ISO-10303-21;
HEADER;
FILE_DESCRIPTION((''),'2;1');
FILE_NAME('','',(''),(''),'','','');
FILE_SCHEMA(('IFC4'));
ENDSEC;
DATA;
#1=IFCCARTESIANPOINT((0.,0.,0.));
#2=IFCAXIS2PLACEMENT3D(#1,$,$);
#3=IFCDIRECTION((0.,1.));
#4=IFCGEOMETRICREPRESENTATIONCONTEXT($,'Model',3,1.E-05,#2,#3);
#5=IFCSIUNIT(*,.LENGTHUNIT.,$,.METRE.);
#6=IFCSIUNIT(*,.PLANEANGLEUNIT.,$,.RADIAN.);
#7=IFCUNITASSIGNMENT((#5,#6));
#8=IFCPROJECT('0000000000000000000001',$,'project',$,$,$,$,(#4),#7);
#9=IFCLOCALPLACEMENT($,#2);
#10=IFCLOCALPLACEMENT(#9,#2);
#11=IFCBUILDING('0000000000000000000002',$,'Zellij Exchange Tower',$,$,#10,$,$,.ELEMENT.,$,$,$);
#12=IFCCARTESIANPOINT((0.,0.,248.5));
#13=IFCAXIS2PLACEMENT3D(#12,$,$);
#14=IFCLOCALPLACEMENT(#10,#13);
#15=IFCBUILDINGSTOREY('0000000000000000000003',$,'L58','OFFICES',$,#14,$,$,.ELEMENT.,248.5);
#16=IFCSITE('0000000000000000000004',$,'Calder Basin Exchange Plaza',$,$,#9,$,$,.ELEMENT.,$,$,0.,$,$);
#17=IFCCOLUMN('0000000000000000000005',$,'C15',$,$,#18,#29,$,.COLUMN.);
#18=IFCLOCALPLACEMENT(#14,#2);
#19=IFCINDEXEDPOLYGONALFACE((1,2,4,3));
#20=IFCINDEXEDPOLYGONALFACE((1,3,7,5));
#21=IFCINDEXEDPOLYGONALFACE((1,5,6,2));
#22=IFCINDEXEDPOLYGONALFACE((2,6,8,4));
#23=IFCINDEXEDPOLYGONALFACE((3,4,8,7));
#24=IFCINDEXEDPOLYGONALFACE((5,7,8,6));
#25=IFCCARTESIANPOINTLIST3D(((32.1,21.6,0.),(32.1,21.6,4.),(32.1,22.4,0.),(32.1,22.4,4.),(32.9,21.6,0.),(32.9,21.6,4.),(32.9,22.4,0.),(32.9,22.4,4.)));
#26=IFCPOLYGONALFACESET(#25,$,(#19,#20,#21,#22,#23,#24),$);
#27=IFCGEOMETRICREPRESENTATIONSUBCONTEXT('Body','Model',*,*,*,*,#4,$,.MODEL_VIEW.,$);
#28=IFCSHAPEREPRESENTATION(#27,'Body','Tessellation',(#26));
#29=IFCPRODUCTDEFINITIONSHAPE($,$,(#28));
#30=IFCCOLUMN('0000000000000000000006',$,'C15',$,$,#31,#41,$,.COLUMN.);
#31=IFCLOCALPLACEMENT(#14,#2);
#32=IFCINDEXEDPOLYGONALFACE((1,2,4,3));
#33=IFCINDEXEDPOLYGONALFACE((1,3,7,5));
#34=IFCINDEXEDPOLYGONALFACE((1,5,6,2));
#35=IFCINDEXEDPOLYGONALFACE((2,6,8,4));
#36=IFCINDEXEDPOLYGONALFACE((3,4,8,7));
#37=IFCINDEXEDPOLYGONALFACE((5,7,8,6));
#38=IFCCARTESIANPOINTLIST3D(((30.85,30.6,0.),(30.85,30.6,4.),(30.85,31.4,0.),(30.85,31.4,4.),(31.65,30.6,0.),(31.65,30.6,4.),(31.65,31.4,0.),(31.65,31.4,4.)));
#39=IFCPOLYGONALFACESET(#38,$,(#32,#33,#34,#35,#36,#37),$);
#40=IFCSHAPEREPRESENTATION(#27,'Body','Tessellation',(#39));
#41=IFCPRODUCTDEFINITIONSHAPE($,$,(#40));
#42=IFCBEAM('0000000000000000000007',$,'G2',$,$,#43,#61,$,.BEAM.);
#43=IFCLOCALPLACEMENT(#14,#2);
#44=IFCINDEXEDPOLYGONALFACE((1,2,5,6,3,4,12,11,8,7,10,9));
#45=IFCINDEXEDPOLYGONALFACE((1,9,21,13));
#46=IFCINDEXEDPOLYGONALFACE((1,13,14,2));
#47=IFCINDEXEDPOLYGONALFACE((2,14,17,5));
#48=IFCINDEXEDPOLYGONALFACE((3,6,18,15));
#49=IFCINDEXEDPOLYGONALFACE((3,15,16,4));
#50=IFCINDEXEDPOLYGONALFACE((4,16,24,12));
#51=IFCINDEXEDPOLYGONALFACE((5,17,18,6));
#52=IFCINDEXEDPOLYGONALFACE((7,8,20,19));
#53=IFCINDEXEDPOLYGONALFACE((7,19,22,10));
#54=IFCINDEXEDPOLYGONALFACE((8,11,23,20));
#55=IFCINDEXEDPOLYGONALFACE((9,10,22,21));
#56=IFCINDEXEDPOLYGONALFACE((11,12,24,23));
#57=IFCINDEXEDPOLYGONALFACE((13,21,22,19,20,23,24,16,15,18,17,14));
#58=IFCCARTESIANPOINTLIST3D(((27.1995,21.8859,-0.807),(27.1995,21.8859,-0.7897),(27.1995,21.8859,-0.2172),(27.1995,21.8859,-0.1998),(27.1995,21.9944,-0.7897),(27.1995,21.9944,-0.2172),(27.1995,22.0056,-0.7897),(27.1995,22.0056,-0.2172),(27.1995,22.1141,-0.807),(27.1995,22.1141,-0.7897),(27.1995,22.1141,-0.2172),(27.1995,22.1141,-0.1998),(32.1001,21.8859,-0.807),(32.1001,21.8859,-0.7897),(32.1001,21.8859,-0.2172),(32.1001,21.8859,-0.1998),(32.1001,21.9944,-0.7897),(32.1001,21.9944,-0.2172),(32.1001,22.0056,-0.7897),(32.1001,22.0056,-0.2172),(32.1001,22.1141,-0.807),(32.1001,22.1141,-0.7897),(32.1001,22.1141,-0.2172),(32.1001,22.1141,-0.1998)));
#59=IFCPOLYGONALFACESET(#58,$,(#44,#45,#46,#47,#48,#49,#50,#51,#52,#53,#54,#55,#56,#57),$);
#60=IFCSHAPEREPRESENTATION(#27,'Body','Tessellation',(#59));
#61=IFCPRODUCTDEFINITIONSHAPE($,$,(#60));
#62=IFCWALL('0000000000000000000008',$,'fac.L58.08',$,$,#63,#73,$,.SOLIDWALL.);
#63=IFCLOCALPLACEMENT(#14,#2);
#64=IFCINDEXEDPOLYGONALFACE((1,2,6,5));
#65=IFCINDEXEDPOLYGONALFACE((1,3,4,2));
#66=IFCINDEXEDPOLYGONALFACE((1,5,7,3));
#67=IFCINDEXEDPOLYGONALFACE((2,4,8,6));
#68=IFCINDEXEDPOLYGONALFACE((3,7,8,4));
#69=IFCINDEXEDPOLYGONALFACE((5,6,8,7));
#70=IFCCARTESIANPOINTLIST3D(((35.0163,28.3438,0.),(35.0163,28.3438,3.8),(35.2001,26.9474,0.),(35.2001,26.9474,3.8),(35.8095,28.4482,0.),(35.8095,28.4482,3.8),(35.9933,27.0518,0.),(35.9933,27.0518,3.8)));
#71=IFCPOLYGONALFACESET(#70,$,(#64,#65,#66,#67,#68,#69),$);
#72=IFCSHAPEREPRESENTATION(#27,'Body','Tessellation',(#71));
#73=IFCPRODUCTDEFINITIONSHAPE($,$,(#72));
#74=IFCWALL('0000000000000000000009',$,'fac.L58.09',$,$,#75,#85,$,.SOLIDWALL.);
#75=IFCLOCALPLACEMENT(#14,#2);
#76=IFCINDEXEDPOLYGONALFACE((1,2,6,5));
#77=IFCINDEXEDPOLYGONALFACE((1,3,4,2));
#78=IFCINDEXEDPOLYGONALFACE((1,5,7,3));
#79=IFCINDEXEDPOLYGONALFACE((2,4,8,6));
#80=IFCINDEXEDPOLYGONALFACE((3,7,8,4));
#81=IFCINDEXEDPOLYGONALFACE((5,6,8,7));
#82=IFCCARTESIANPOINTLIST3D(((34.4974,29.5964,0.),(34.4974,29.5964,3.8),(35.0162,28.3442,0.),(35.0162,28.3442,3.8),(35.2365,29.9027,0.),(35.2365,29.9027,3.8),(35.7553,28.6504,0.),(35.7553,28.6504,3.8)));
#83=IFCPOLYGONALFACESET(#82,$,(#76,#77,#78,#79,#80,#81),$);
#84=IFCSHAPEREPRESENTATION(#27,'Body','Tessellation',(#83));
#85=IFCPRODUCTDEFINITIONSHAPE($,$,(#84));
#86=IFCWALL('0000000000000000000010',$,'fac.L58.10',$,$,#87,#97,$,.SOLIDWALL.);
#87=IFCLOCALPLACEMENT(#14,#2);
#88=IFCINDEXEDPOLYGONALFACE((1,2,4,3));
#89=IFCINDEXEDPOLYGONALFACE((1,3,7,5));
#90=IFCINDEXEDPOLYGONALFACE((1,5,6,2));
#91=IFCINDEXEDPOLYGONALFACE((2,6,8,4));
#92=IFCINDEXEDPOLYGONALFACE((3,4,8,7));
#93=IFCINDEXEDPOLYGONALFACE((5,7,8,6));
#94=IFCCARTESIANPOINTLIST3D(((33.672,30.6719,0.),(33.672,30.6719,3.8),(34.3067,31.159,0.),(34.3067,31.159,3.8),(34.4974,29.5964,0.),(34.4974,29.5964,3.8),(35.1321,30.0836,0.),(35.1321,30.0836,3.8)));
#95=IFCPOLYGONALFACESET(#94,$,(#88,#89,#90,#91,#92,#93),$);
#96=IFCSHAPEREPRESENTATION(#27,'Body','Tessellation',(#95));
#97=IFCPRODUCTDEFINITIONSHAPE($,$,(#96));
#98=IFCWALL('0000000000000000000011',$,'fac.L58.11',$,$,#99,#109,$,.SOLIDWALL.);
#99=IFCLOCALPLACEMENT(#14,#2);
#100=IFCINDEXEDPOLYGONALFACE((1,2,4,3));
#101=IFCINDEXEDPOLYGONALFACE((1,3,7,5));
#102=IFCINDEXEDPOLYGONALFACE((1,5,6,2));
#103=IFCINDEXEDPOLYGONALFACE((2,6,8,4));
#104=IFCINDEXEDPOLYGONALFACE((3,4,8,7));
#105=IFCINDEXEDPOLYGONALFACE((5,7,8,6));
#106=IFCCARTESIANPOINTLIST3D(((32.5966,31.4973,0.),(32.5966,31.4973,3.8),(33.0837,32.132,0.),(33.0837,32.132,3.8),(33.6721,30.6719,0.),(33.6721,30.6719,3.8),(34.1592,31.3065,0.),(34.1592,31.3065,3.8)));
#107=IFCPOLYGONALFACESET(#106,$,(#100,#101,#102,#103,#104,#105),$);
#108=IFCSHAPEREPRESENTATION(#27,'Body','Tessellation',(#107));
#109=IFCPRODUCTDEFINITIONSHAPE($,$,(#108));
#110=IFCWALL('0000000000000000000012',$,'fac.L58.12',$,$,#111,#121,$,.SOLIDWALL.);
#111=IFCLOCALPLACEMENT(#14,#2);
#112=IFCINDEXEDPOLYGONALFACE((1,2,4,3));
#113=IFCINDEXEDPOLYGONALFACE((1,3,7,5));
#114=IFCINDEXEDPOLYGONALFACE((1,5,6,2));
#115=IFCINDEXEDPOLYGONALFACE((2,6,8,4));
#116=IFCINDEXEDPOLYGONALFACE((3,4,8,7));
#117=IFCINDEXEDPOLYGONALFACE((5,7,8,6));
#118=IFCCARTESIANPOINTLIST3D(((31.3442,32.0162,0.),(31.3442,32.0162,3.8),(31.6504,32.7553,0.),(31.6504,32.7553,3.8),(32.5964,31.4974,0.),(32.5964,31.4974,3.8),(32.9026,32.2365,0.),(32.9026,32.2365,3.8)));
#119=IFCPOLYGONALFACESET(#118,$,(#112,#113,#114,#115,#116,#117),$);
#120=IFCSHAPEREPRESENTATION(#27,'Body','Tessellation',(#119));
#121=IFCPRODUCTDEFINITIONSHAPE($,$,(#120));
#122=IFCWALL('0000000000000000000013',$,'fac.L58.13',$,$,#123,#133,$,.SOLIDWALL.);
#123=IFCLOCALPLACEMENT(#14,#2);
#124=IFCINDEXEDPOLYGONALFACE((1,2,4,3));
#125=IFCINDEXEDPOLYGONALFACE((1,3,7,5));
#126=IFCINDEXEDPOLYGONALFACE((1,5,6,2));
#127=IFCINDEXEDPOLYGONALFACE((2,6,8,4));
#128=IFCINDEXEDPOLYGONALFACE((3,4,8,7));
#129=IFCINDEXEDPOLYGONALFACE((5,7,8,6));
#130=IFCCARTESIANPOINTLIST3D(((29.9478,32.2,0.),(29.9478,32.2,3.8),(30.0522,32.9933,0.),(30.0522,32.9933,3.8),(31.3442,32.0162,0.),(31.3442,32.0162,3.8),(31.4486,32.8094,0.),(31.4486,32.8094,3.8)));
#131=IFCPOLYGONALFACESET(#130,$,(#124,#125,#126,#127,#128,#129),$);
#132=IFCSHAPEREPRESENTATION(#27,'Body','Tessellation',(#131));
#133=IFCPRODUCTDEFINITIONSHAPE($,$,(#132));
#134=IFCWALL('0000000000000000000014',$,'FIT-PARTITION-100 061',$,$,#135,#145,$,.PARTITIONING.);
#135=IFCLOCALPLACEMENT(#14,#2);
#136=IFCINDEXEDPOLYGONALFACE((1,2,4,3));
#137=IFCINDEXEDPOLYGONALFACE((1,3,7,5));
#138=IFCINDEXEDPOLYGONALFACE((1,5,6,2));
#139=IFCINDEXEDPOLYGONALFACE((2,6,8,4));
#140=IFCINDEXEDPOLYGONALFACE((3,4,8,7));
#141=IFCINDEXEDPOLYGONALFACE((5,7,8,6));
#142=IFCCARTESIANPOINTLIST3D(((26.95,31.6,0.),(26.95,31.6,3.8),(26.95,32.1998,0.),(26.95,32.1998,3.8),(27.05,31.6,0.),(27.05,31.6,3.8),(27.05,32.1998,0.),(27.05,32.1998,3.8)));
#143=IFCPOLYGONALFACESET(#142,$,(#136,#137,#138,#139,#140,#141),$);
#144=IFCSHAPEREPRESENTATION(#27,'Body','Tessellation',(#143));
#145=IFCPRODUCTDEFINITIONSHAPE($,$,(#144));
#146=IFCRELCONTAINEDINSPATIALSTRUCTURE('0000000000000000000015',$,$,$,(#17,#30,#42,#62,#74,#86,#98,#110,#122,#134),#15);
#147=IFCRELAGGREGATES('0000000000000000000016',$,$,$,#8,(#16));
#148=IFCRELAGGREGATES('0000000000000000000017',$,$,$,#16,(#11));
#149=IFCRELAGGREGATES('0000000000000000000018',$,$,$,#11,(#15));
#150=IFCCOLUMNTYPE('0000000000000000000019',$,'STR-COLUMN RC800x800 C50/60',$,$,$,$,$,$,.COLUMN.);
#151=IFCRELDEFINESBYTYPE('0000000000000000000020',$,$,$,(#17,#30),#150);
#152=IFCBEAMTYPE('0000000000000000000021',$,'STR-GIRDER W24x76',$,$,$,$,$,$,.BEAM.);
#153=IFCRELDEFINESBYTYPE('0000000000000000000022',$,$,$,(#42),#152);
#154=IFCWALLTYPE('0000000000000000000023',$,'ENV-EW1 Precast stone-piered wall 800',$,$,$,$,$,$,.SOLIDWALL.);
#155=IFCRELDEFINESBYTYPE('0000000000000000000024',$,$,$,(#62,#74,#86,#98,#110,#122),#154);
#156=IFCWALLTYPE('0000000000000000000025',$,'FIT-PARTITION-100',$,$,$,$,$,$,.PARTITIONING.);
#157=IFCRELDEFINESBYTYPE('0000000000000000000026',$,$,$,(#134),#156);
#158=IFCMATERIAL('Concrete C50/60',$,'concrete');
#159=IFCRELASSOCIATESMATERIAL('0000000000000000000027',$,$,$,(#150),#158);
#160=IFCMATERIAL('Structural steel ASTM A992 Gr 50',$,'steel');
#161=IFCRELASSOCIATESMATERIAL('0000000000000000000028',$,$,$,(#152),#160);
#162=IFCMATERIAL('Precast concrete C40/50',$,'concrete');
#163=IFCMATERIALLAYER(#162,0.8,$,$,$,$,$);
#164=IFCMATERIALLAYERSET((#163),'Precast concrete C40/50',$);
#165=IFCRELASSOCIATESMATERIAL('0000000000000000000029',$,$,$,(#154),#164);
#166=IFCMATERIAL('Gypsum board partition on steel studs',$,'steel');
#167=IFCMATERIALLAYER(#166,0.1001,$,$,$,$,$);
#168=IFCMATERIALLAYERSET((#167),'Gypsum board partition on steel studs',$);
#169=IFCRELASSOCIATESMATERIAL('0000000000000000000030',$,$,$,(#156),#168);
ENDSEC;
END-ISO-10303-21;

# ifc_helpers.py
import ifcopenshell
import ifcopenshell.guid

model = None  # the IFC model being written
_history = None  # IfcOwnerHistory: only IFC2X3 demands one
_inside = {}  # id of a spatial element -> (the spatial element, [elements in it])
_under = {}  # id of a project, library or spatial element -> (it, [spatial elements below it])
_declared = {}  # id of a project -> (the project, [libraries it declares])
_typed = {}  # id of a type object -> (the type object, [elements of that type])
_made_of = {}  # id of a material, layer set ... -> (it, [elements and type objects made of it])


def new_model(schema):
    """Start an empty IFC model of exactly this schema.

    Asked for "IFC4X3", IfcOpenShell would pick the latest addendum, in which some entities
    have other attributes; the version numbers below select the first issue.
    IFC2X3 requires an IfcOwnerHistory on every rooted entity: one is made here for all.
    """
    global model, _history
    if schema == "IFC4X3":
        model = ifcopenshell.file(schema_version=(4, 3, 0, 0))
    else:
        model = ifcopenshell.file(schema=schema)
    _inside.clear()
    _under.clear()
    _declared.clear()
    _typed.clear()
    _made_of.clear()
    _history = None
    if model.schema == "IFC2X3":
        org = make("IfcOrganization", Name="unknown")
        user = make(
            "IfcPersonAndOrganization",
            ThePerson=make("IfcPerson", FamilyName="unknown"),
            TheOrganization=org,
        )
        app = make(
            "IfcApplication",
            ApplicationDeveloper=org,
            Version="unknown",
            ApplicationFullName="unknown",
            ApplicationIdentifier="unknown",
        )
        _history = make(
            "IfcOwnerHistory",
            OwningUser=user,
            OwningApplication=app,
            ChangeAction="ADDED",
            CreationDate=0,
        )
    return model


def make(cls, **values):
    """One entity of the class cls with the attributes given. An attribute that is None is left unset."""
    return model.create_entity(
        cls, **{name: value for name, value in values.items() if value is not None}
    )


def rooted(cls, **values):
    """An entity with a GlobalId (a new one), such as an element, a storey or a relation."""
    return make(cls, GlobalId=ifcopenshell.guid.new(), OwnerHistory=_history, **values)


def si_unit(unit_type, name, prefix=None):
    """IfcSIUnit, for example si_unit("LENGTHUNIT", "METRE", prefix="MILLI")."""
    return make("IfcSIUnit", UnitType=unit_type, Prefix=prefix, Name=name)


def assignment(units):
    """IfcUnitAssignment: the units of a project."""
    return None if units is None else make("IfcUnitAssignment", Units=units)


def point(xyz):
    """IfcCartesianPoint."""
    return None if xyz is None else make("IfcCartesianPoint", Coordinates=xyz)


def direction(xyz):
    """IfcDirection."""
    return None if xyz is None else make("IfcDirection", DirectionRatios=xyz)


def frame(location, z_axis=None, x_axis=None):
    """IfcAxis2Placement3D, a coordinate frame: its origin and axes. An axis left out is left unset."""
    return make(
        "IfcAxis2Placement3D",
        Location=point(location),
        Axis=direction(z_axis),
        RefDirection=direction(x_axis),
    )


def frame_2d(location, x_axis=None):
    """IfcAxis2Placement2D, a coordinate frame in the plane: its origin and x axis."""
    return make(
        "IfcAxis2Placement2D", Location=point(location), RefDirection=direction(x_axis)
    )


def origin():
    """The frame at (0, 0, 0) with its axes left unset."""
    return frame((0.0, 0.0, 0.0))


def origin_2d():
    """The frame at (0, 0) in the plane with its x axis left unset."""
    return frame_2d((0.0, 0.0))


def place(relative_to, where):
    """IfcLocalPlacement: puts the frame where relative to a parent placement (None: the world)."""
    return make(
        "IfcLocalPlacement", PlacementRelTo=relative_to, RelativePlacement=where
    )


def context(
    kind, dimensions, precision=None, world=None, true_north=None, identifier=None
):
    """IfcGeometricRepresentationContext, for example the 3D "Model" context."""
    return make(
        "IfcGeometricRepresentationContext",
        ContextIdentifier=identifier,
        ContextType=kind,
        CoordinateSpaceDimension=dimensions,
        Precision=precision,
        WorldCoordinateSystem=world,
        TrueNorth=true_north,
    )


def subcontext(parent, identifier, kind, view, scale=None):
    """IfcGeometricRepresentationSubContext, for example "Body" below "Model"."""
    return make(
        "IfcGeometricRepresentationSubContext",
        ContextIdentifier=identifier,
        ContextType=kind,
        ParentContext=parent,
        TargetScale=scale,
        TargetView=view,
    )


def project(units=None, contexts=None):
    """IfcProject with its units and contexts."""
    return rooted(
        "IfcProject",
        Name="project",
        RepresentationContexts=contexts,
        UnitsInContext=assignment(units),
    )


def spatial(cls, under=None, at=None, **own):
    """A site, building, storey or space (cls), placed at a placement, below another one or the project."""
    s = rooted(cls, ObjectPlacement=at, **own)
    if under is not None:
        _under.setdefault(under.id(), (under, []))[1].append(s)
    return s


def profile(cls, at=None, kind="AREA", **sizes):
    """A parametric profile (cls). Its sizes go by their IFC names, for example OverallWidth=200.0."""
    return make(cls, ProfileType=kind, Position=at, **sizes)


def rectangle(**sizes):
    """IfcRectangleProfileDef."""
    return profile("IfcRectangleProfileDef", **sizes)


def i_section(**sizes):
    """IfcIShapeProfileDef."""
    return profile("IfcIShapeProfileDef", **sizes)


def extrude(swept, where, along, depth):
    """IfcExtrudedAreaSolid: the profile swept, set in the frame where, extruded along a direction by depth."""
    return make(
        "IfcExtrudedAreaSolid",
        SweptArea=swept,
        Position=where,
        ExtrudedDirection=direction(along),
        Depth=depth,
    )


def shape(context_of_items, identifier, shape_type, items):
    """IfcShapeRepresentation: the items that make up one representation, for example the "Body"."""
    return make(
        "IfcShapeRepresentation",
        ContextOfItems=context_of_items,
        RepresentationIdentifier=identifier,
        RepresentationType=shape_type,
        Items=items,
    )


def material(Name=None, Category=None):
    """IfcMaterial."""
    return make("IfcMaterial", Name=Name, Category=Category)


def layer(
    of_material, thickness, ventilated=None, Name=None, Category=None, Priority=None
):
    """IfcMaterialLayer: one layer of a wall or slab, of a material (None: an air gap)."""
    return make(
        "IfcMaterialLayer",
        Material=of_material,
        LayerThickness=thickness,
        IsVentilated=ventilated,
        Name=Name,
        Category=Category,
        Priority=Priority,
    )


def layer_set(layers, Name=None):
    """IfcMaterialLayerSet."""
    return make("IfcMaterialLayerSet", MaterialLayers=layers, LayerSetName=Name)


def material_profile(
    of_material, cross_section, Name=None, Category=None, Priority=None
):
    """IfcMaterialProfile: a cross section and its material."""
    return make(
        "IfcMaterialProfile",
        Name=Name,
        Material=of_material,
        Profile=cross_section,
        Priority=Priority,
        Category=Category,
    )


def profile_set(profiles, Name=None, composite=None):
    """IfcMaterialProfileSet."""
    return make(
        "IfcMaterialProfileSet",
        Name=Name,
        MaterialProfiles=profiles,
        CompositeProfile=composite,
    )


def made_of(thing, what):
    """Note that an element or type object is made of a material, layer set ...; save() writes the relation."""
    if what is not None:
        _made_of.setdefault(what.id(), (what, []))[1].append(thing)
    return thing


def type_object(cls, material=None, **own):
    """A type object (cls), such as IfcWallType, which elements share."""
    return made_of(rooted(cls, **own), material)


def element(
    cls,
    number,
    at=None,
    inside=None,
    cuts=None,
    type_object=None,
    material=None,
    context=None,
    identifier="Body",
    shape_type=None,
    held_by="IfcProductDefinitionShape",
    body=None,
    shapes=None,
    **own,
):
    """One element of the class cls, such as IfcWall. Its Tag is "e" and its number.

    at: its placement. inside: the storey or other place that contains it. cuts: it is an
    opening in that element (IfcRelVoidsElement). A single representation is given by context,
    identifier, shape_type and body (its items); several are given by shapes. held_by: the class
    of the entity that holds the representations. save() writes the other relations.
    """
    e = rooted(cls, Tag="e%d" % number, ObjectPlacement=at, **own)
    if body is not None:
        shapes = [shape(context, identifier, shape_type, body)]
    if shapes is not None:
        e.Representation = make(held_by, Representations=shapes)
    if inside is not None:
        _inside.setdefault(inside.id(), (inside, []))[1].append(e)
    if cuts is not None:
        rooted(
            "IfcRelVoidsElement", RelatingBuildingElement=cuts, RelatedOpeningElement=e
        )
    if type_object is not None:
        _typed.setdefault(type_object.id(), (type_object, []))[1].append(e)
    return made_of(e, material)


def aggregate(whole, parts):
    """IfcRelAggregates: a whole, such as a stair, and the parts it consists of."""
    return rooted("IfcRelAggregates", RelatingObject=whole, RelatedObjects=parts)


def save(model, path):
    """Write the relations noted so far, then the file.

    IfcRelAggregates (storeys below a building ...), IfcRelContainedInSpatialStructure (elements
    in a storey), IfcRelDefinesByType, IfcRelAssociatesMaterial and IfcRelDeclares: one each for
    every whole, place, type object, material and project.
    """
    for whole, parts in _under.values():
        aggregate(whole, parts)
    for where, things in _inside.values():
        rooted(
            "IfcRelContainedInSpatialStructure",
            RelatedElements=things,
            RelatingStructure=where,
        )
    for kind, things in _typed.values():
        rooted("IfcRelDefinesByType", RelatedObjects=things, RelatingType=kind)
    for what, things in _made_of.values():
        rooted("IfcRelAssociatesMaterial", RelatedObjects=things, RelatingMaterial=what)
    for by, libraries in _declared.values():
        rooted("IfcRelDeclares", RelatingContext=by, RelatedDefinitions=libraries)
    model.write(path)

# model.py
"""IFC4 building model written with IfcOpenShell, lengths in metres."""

from ifc_helpers import new_model, si_unit, direction, frame, frame_2d, origin, origin_2d, place, context, subcontext, project, spatial, rectangle, i_section, extrude, material, layer, layer_set, material_profile, profile_set, type_object, element, save


model = new_model("IFC4")

# Units and contexts
model_context = context("Model", 3, precision=1e-05, world=origin(), true_north=direction((0.0, 1.0)))
body_context = subcontext(model_context, "Body", "Model", "MODEL_VIEW")
ifc_project = project(units=[si_unit("LENGTHUNIT", "METRE"), si_unit("PLANEANGLEUNIT", "RADIAN")], contexts=[model_context])

# Site, building, storey
site_placement = place(None, origin())
site = spatial("IfcSite", under=ifc_project, at=site_placement, Name="Calder Basin Exchange Plaza", CompositionType="ELEMENT", RefElevation=0.0)
building_placement = place(site_placement, origin())
building = spatial("IfcBuilding", under=site, at=building_placement, Name="Zellij Exchange Tower", CompositionType="ELEMENT")
storey_placement = place(building_placement, frame((0.0, 0.0, 248.5)))
storey = spatial("IfcBuildingStorey", under=building, at=storey_placement, Name="L58", Description="OFFICES", CompositionType="ELEMENT", Elevation=248.5)

# Columns
ifc_material_1 = material(Name="Concrete C50/60", Category="concrete")
ifc_material_profile_1 = material_profile(ifc_material_1, rectangle(XDim=0.8, YDim=0.8, at=origin_2d()), Name="STR-COLUMN RC800x800 C50/60")
ifc_profile_set_1 = profile_set([ifc_material_profile_1], Name="Concrete C50/60")
column_type = type_object("IfcColumnType", Name="STR-COLUMN RC800x800 C50/60", PredefinedType="COLUMN", material=ifc_profile_set_1)
for number, where, z_axis, x_axis, name in (
    (1, (32.5, 22.0, 0.0), (0.0, 0.0, 1.0), (1.0, 0.0, 0.0), "C15"),
    (2, (31.25, 31.0, 0.0), (0.0, 0.0, 1.0), (1.0, 0.0, 0.0), "C15"),
):
    element("IfcColumn", number, at=place(storey_placement, frame(where, z_axis=z_axis, x_axis=x_axis)), inside=storey, type_object=column_type, Name=name, PredefinedType="COLUMN", context=body_context, shape_type="SweptSolid", body=[
        extrude(rectangle(XDim=0.8, YDim=0.8, at=origin_2d()), origin(), (0.0, 0.0, 1.0), 4.0),
    ])

# Beam
ifc_material_2 = material(Name="Structural steel ASTM A992 Gr 50", Category="steel")
ifc_material_profile_2 = material_profile(ifc_material_2, i_section(OverallWidth=0.2283, OverallDepth=0.6072, WebThickness=0.0112, FlangeThickness=0.0173, at=origin_2d()), Name="W24x76")
ifc_profile_set_2 = profile_set([ifc_material_profile_2], Name="Structural steel ASTM A992 Gr 50")
beam_type = type_object("IfcBeamType", Name="STR-GIRDER W24x76", PredefinedType="BEAM", material=ifc_profile_set_2)
beam_placement = place(storey_placement, frame((27.1995, 22.0, -0.5034), z_axis=(1.0, 0.0, 0.0), x_axis=(0.0, 1.0, 0.0)))
element("IfcBeam", 3, at=beam_placement, inside=storey, type_object=beam_type, Name="G2", PredefinedType="BEAM", context=body_context, shape_type="SweptSolid", body=[
    extrude(i_section(OverallWidth=0.2283, OverallDepth=0.6072, WebThickness=0.0112, FlangeThickness=0.0173, at=origin_2d()), origin(), (0.0, 0.0, 1.0), 4.9006),
])

# Walls
ifc_material_3 = material(Name="Precast concrete C40/50", Category="concrete")
ifc_layer_1 = layer(ifc_material_3, 0.8)
ifc_layer_set_1 = layer_set([ifc_layer_1], Name="Precast concrete C40/50")
wall_type_1 = type_object("IfcWallType", Name="ENV-EW1 Precast stone-piered wall 800", PredefinedType="SOLIDWALL", material=ifc_layer_set_1)
wall_1_placement = place(storey_placement, frame((35.5967, 26.9998, 0.0), z_axis=(0.0, 0.0, 1.0), x_axis=(-0.130517, 0.991446, 0.0)))
element("IfcWall", 4, at=wall_1_placement, inside=storey, type_object=wall_type_1, Name="fac.L58.08", PredefinedType="SOLIDWALL", context=body_context, shape_type="SweptSolid", body=[
    extrude(rectangle(XDim=1.4084, YDim=0.8, at=frame_2d((0.7041, 0.0))), origin(), (0.0, 0.0, 1.0), 3.8),
])
wall_2_placement = place(storey_placement, frame((35.3857, 28.4973, 0.0), z_axis=(0.0, 0.0, 1.0), x_axis=(-0.38276, 0.923848, 0.0)))
element("IfcWall", 5, at=wall_2_placement, inside=storey, type_object=wall_type_1, Name="fac.L58.09", PredefinedType="SOLIDWALL", context=body_context, shape_type="SweptSolid", body=[
    extrude(rectangle(XDim=1.3555, YDim=0.8, at=frame_2d((0.6777, 0.0))), origin(), (0.0, 0.0, 1.0), 3.8),
])
for number, where, z_axis, x_axis, name in (
    (6, (34.8147, 29.8401, 0.0), (0.0, 0.0, 1.0), (-0.608866, 0.793273, 0.0), "fac.L58.10"),
    (7, (33.9155, 30.9893, 0.0), (0.0, 0.0, 1.0), (-0.793273, 0.608866, 0.0), "fac.L58.11"),
):
    element("IfcWall", number, at=place(storey_placement, frame(where, z_axis=z_axis, x_axis=x_axis)), inside=storey, type_object=wall_type_1, Name=name, PredefinedType="SOLIDWALL", context=body_context, shape_type="SweptSolid", body=[
        extrude(rectangle(XDim=1.3557, YDim=0.8, at=frame_2d((0.6777, 0.0))), origin(), (0.0, 0.0, 1.0), 3.8),
    ])
wall_3_placement = place(storey_placement, frame((32.7495, 31.8669, 0.0), z_axis=(0.0, 0.0, 1.0), x_axis=(-0.923848, 0.38276, 0.0)))
element("IfcWall", 8, at=wall_3_placement, inside=storey, type_object=wall_type_1, Name="fac.L58.12", PredefinedType="SOLIDWALL", context=body_context, shape_type="SweptSolid", body=[
    extrude(rectangle(XDim=1.3555, YDim=0.8, at=frame_2d((0.6777, 0.0))), origin(), (0.0, 0.0, 1.0), 3.8),
])
wall_4_placement = place(storey_placement, frame((31.3962, 32.4128, 0.0), z_axis=(0.0, 0.0, 1.0), x_axis=(-0.991446, 0.130517, 0.0)))
element("IfcWall", 9, at=wall_4_placement, inside=storey, type_object=wall_type_1, Name="fac.L58.13", PredefinedType="SOLIDWALL", context=body_context, shape_type="SweptSolid", body=[
    extrude(rectangle(XDim=1.4084, YDim=0.8, at=frame_2d((0.7041, 0.0))), origin(), (0.0, 0.0, 1.0), 3.8),
])

# Wall
ifc_material_4 = material(Name="Gypsum board partition on steel studs", Category="steel")
ifc_layer_2 = layer(ifc_material_4, 0.1001)
ifc_layer_set_2 = layer_set([ifc_layer_2], Name="Gypsum board partition on steel studs")
wall_type_2 = type_object("IfcWallType", Name="FIT-PARTITION-100", PredefinedType="PARTITIONING", material=ifc_layer_set_2)
wall_5_placement = place(storey_placement, frame((27.0, 31.6001, 0.0), z_axis=(0.0, 0.0, 1.0), x_axis=(0.0, 1.0, 0.0)))
element("IfcWall", 10, at=wall_5_placement, inside=storey, type_object=wall_type_2, Name="FIT-PARTITION-100 061", PredefinedType="PARTITIONING", context=body_context, shape_type="SweptSolid", body=[
    extrude(rectangle(XDim=0.5999, YDim=0.1001, at=frame_2d((0.2998, 0.0))), origin(), (0.0, 0.0, 1.0), 3.8),
])

save(model, "model.ifc")
